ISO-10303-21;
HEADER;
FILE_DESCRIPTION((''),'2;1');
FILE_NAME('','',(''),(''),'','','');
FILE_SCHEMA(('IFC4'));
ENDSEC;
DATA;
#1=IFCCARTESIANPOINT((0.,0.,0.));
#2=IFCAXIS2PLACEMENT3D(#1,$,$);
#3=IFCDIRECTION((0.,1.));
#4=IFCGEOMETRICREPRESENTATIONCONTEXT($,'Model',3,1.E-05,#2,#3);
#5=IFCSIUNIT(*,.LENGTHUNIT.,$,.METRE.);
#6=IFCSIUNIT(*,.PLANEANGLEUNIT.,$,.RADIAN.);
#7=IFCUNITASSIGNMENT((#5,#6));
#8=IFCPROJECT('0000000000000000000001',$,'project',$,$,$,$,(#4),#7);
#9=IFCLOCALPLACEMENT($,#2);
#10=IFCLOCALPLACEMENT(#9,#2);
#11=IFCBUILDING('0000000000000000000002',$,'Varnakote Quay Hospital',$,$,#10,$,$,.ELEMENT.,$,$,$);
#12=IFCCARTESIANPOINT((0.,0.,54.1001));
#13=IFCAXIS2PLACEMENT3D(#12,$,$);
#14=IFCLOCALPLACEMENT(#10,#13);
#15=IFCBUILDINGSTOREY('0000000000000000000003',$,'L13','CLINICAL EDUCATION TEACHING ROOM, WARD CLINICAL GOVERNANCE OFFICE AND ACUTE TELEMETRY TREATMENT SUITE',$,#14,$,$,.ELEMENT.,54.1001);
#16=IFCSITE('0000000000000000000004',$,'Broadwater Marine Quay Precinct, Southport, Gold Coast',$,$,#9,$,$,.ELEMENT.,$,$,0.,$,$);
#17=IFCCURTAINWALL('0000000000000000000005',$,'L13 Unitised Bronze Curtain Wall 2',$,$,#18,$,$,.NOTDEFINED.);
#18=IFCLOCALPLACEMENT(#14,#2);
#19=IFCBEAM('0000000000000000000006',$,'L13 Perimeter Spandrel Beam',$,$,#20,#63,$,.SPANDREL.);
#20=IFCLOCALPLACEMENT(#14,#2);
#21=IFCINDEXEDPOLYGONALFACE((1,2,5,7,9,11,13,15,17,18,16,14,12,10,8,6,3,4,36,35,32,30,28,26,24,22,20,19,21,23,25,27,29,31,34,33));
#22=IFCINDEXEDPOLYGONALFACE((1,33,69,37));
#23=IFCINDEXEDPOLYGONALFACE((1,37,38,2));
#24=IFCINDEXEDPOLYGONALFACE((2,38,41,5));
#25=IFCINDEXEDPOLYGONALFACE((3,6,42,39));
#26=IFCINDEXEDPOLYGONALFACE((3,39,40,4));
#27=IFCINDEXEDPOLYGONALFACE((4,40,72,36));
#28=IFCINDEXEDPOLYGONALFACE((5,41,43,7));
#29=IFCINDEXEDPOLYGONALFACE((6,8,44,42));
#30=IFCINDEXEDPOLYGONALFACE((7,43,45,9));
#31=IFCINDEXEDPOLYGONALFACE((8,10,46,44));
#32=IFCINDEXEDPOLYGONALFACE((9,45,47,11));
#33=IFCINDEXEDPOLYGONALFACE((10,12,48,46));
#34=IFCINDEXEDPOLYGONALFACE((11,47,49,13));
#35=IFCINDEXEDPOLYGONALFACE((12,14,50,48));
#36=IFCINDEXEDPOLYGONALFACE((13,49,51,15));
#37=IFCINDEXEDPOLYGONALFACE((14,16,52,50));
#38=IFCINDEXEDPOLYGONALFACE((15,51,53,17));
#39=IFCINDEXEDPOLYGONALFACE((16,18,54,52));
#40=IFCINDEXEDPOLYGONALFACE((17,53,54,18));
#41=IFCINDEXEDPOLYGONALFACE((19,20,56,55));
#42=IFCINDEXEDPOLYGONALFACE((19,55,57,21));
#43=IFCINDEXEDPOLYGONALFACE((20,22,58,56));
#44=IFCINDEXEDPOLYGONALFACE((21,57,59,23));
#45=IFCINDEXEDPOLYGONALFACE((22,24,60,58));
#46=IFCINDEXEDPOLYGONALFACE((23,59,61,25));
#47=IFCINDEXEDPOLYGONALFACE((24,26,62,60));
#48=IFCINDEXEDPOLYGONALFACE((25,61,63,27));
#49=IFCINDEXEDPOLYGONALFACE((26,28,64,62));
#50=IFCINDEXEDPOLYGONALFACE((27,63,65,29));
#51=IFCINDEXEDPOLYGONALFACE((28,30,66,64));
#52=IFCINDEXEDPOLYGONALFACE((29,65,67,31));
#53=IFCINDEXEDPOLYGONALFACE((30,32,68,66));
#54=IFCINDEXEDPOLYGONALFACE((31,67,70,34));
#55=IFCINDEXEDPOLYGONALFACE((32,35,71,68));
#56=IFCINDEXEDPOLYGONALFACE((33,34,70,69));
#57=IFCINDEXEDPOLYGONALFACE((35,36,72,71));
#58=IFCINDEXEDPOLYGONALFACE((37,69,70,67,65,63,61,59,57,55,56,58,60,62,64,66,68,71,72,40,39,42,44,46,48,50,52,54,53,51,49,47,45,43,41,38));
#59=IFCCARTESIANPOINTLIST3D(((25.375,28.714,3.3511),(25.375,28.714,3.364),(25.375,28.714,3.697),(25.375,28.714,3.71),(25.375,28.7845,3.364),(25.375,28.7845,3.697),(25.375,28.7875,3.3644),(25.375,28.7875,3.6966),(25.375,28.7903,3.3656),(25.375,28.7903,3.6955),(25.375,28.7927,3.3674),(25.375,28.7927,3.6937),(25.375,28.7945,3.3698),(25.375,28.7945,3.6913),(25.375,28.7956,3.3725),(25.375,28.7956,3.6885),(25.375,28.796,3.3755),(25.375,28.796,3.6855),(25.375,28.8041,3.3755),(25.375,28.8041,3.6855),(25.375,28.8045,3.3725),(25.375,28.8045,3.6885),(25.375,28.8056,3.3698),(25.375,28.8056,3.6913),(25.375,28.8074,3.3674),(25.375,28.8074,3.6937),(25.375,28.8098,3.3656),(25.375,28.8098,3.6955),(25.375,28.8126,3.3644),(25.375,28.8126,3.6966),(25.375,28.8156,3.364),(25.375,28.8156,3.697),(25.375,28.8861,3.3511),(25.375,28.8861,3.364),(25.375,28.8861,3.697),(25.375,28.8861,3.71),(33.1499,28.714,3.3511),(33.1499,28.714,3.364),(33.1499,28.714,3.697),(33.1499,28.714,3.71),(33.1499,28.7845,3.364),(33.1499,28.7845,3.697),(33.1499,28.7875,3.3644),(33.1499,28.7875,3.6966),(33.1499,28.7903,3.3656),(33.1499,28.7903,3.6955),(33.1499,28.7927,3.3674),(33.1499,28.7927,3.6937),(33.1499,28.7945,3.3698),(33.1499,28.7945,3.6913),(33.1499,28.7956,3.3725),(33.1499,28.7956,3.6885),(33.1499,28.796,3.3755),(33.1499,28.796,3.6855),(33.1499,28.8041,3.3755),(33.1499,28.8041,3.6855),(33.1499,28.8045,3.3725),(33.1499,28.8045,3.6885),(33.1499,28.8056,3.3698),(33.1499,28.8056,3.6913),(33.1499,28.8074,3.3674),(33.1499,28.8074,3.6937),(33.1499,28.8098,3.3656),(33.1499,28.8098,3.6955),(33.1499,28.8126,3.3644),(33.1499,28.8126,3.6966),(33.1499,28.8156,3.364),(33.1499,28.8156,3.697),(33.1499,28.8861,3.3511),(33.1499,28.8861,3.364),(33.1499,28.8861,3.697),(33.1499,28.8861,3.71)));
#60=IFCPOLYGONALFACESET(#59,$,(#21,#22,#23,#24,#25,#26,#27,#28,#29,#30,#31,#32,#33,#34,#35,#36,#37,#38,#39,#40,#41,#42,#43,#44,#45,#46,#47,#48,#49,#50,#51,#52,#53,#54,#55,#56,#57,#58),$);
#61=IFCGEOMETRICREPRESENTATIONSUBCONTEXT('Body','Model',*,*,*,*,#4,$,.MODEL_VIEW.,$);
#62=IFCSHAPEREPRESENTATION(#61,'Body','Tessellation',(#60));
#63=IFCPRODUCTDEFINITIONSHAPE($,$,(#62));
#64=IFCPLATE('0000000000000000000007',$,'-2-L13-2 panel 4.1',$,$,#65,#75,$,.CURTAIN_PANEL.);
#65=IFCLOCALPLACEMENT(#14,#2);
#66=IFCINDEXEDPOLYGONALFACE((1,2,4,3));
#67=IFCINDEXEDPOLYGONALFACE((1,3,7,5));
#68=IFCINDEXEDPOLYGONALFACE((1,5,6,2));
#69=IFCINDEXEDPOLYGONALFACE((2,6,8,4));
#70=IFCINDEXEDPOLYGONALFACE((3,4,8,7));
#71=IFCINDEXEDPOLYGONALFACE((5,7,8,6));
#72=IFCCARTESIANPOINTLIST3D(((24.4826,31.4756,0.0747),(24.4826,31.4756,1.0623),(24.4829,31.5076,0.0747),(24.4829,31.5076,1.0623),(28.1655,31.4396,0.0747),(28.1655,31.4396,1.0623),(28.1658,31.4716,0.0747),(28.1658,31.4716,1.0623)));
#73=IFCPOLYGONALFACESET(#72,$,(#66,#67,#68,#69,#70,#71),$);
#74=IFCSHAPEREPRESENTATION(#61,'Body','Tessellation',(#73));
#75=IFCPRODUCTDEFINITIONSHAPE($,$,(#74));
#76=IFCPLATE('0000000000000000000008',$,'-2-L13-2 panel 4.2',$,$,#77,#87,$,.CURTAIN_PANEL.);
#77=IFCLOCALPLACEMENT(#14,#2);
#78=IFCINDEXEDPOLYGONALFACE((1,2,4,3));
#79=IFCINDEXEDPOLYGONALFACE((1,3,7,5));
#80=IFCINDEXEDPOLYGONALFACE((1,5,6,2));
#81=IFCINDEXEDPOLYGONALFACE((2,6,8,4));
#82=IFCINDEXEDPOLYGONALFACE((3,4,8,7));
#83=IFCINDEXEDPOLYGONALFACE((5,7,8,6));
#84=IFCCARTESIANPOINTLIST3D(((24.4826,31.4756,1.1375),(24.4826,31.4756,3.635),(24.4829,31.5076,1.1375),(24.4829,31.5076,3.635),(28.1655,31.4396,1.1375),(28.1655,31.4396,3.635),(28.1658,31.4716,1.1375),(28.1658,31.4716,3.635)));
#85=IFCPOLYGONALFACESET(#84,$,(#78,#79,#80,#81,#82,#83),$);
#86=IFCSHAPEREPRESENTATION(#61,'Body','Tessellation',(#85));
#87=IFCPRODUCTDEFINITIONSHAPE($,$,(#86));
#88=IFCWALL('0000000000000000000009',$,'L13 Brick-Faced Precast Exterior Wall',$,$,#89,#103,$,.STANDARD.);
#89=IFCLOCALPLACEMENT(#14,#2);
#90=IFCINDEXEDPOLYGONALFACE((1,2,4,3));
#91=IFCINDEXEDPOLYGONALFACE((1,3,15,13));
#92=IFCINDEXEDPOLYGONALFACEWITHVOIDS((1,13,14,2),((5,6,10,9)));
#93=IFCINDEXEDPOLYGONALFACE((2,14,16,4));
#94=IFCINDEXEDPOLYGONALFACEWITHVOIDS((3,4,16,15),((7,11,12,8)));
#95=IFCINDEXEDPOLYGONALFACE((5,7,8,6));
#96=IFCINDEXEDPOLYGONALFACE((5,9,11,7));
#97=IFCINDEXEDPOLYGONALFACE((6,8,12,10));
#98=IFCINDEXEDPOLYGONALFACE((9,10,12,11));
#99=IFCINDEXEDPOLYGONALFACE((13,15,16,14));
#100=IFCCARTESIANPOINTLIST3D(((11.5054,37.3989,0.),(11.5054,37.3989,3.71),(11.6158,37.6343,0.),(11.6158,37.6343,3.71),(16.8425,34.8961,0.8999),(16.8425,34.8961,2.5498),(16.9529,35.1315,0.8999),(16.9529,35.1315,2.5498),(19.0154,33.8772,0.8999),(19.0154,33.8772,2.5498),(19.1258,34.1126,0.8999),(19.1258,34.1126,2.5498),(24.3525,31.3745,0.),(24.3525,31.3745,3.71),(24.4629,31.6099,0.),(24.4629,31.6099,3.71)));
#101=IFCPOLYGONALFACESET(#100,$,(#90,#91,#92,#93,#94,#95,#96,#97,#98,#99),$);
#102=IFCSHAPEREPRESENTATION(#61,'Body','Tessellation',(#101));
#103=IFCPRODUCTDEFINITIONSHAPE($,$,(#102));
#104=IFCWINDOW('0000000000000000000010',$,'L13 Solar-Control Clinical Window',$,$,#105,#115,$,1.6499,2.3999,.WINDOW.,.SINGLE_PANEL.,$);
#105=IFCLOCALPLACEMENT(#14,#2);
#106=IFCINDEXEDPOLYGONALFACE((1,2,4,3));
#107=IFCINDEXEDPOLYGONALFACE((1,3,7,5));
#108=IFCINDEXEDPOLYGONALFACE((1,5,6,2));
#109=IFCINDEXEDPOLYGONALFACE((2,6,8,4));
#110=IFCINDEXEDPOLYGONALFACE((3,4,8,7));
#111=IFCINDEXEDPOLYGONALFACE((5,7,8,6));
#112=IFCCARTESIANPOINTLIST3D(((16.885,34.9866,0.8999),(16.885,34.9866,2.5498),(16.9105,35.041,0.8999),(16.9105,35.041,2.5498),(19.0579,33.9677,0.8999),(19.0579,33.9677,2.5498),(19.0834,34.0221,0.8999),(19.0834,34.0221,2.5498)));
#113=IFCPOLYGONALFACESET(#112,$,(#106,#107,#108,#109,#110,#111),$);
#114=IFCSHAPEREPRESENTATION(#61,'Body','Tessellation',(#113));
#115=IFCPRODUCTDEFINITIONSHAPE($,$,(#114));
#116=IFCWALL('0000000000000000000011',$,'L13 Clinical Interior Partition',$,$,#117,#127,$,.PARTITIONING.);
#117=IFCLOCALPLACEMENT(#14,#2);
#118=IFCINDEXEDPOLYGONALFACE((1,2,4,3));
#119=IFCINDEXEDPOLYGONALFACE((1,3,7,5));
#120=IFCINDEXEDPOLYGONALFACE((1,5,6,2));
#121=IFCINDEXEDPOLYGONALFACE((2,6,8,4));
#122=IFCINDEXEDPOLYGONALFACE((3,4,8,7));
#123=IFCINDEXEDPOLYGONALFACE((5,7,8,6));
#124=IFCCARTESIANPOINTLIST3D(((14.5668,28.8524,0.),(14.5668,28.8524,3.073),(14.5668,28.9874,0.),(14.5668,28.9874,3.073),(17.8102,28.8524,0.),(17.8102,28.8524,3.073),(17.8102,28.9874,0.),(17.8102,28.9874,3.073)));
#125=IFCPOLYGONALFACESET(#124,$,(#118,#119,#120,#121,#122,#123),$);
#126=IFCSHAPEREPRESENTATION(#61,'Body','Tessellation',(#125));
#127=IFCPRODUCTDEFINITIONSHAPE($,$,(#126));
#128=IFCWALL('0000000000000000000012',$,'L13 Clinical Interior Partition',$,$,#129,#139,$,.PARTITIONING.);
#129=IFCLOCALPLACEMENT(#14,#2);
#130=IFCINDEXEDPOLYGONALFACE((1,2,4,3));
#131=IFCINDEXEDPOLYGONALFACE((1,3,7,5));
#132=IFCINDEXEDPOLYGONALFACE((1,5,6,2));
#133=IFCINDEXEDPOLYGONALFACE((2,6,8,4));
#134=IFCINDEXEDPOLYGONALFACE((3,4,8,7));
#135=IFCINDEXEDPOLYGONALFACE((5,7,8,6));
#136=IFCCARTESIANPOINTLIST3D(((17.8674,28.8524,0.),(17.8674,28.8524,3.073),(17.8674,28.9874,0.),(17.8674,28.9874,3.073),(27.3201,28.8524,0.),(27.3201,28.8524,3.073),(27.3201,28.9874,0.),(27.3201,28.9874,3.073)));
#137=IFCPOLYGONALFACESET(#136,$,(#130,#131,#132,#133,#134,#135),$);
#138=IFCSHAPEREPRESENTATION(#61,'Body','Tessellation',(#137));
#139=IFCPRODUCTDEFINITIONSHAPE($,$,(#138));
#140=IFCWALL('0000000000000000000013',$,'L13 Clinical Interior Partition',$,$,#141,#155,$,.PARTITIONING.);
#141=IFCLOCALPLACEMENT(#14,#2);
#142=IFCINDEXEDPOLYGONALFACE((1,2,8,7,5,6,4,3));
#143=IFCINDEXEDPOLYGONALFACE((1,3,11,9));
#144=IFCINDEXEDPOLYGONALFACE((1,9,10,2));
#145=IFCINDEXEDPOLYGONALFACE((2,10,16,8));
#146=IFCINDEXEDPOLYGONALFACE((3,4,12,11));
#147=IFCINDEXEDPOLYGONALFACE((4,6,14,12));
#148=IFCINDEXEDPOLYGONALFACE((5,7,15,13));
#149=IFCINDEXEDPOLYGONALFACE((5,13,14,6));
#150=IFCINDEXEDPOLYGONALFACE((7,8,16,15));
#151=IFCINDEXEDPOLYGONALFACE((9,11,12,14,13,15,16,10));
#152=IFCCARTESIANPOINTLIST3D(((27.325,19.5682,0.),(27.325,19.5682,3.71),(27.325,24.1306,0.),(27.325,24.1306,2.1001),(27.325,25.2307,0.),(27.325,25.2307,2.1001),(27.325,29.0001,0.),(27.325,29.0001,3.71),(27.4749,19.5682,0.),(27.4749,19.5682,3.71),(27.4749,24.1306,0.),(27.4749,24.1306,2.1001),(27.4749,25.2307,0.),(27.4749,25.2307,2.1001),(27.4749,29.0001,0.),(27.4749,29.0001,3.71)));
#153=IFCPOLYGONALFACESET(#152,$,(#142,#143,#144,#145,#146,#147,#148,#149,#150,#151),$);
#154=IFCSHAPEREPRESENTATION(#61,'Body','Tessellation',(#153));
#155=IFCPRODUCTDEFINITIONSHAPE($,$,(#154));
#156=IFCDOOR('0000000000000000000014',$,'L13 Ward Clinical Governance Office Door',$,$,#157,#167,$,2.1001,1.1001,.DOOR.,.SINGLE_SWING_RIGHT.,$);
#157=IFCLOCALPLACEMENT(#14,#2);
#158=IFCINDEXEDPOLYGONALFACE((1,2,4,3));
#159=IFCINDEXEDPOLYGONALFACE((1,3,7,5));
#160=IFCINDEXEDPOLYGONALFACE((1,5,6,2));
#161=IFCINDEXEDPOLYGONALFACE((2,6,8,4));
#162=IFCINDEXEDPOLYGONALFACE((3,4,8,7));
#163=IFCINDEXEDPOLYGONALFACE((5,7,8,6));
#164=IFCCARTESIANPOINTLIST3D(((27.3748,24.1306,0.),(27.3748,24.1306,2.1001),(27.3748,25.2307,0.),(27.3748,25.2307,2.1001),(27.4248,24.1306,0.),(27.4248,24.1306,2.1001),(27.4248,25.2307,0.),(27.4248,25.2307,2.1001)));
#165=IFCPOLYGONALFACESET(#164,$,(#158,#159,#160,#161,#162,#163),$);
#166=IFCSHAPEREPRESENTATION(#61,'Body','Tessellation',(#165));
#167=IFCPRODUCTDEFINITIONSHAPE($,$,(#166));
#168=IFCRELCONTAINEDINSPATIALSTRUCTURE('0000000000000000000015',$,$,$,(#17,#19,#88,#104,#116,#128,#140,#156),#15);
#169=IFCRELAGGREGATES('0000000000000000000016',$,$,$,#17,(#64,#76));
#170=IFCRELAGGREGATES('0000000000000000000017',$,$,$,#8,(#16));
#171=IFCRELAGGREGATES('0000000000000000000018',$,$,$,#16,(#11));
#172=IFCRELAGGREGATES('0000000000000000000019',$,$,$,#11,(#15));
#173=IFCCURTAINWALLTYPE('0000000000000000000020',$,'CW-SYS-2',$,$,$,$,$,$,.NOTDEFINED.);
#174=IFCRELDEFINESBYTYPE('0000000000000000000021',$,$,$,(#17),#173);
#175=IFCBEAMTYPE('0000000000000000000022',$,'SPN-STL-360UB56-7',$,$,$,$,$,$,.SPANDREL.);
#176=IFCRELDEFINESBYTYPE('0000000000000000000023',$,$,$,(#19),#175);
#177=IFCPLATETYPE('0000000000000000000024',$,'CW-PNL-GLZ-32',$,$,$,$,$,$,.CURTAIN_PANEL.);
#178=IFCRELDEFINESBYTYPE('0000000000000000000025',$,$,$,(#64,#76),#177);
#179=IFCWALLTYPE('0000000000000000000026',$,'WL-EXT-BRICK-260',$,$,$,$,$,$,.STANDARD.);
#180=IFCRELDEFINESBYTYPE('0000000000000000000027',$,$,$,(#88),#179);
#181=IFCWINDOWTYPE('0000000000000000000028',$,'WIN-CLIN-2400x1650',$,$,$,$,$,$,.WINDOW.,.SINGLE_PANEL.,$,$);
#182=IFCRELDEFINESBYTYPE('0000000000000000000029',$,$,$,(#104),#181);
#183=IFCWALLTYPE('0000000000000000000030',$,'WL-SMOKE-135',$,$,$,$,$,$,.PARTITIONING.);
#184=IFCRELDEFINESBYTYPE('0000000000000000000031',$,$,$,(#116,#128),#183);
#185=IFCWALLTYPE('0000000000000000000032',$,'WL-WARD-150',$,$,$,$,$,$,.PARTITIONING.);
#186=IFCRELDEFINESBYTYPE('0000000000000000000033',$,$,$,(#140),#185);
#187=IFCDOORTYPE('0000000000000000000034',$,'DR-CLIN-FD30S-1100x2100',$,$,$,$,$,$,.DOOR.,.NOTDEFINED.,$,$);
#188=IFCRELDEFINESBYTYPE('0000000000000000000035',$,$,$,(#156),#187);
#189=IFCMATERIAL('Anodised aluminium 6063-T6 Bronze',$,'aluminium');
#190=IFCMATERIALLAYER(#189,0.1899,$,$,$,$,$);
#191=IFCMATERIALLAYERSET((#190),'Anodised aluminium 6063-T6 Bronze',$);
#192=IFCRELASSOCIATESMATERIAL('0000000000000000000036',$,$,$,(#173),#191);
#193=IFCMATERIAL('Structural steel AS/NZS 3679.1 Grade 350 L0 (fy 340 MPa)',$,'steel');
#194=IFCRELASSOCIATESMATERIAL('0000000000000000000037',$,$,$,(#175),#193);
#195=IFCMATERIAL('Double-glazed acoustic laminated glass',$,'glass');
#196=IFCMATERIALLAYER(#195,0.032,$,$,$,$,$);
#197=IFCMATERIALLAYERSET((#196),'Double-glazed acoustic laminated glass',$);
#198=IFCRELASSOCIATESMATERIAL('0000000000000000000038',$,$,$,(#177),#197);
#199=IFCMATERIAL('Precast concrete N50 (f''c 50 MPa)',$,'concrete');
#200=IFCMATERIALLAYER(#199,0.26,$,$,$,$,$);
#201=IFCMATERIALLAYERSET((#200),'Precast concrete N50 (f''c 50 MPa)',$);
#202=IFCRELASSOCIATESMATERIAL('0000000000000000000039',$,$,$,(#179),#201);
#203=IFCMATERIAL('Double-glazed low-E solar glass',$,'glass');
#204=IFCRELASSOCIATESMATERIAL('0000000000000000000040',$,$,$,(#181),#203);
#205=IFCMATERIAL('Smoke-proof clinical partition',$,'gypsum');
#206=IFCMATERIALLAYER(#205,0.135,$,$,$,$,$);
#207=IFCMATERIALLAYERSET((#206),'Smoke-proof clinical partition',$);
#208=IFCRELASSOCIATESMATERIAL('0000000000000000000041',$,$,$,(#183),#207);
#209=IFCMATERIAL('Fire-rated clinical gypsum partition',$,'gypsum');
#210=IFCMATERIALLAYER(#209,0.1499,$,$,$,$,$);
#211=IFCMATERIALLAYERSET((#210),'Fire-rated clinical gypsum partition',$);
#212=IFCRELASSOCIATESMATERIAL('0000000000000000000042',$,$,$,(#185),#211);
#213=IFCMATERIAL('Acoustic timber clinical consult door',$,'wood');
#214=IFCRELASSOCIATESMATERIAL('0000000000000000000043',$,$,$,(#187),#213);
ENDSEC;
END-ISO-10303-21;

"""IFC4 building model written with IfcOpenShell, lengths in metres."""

from ifc_helpers import new_model, si_unit, direction, frame, frame_2d, origin, origin_2d, place, context, subcontext, project, spatial, rectangle, i_section, extrude, material, layer, layer_set, material_profile, profile_set, type_object, element, fill, aggregate, save


model = new_model("IFC4")

# Units and contexts
model_context = context("Model", 3, precision=1e-05, world=origin(), true_north=direction((0.0, 1.0)))
body_context = subcontext(model_context, "Body", "Model", "MODEL_VIEW")
ifc_project = project(units=[si_unit("LENGTHUNIT", "METRE"), si_unit("PLANEANGLEUNIT", "RADIAN")], contexts=[model_context])

# Site, building, storey
site_placement = place(None, origin())
site = spatial("IfcSite", under=ifc_project, at=site_placement, Name="Broadwater Marine Quay Precinct, Southport, Gold Coast", CompositionType="ELEMENT", RefElevation=0.0)
building_placement = place(site_placement, origin())
building = spatial("IfcBuilding", under=site, at=building_placement, Name="Varnakote Quay Hospital", CompositionType="ELEMENT")
storey_placement = place(building_placement, frame((0.0, 0.0, 54.1001)))
storey = spatial("IfcBuildingStorey", under=building, at=storey_placement, Name="L13", Description="CLINICAL EDUCATION TEACHING ROOM, WARD CLINICAL GOVERNANCE OFFICE AND ACUTE TELEMETRY TREATMENT SUITE", CompositionType="ELEMENT", Elevation=54.1001)

# Curtain wall
ifc_material_1 = material(Name="Anodised aluminium 6063-T6 Bronze", Category="aluminium")
ifc_layer_1 = layer(ifc_material_1, 0.1899)
ifc_layer_set_1 = layer_set([ifc_layer_1], Name="Anodised aluminium 6063-T6 Bronze")
curtain_wall_type = type_object("IfcCurtainWallType", Name="CW-SYS-2", PredefinedType="NOTDEFINED", material=ifc_layer_set_1)
curtain_wall_placement = place(storey_placement, origin())
curtain_wall = element("IfcCurtainWall", 1, at=curtain_wall_placement, inside=storey, type_object=curtain_wall_type, Name="L13 Unitised Bronze Curtain Wall 2", PredefinedType="NOTDEFINED")

# Beam
ifc_material_2 = material(Name="Structural steel AS/NZS 3679.1 Grade 350 L0 (fy 340 MPa)", Category="steel")
ifc_material_profile_1 = material_profile(ifc_material_2, i_section(OverallWidth=0.1721, OverallDepth=0.3589, WebThickness=0.0081, FlangeThickness=0.0129, FilletRadius=0.0115, at=origin_2d()), Name="360UB56.7")
ifc_profile_set_1 = profile_set([ifc_material_profile_1], Name="Structural steel AS/NZS 3679.1 Grade 350 L0 (fy 340 MPa)")
beam_type_1 = type_object("IfcBeamType", Name="SPN-STL-360UB56-7", PredefinedType="SPANDREL", material=ifc_profile_set_1)
beam_1_placement = place(storey_placement, frame((25.375, 28.8, 3.5305), z_axis=(1.0, 0.0, 0.0), x_axis=(0.0, 1.0, 0.0)))
element("IfcBeam", 2, at=beam_1_placement, inside=storey, type_object=beam_type_1, Name="L13 Perimeter Spandrel Beam", PredefinedType="SPANDREL", context=body_context, shape_type="SweptSolid", body=[
    extrude(i_section(OverallWidth=0.1721, OverallDepth=0.3589, WebThickness=0.0081, FlangeThickness=0.0129, FilletRadius=0.0115, at=origin_2d()), origin(), (0.0, 0.0, 1.0), 7.7749),
])

# Plates
ifc_material_3 = material(Name="Double-glazed acoustic laminated glass", Category="glass")
ifc_layer_2 = layer(ifc_material_3, 0.032)
ifc_layer_set_2 = layer_set([ifc_layer_2], Name="Double-glazed acoustic laminated glass")
plate_type = type_object("IfcPlateType", Name="CW-PNL-GLZ-32", PredefinedType="CURTAIN_PANEL", material=ifc_layer_set_2)
plate_1_placement = place(storey_placement, frame((26.3242, 31.4736, 0.0747), z_axis=(0.0, 0.0, 1.0), x_axis=(-0.999952, 0.009774, 0.0)))
plate_1 = element("IfcPlate", 3, at=plate_1_placement, type_object=plate_type, Name="-2-L13-2 panel 4.1", PredefinedType="CURTAIN_PANEL", context=body_context, shape_type="SweptSolid", body=[
    extrude(rectangle(XDim=3.6831, YDim=0.032, at=origin_2d()), origin(), (0.0, 0.0, 1.0), 0.9875),
])
plate_2_placement = place(storey_placement, frame((26.3242, 31.4736, 1.1375), z_axis=(0.0, 0.0, 1.0), x_axis=(-0.999952, 0.009774, 0.0)))
plate_2 = element("IfcPlate", 4, at=plate_2_placement, type_object=plate_type, Name="-2-L13-2 panel 4.2", PredefinedType="CURTAIN_PANEL", context=body_context, shape_type="SweptSolid", body=[
    extrude(rectangle(XDim=3.6831, YDim=0.032, at=origin_2d()), origin(), (0.0, 0.0, 1.0), 2.4976),
])
aggregate(curtain_wall, [plate_1, plate_2])

# Wall, opening, window
ifc_material_4 = material(Name="Precast concrete N50 (f'c 50 MPa)", Category="concrete")
ifc_layer_3 = layer(ifc_material_4, 0.26)
ifc_layer_set_3 = layer_set([ifc_layer_3], Name="Precast concrete N50 (f'c 50 MPa)")
wall_type_1 = type_object("IfcWallType", Name="WL-EXT-BRICK-260", PredefinedType="STANDARD", material=ifc_layer_set_3)
wall_1_placement = place(storey_placement, frame((24.4077, 31.4922, 0.0), z_axis=(0.0, 0.0, 1.0), x_axis=(-0.905397, 0.424567, 0.0)))
wall_1 = element("IfcWall", 5, at=wall_1_placement, inside=storey, type_object=wall_type_1, Name="L13 Brick-Faced Precast Exterior Wall", PredefinedType="STANDARD", context=body_context, shape_type="SweptSolid", body=[
    extrude(rectangle(XDim=14.1895, YDim=0.26, at=frame_2d((7.0947, 0.0))), origin(), (0.0, 0.0, 1.0), 3.71),
])
opening_1_placement = place(wall_1_placement, frame((5.8948, 0.0, 0.8999)))
opening_1 = element("IfcOpeningElement", 6, at=opening_1_placement, cuts=wall_1, PredefinedType="OPENING", context=body_context, shape_type="SweptSolid", body=[
    extrude(rectangle(XDim=2.3999, YDim=1.6499, at=frame_2d((1.2, 0.825))), frame((0.0, 0.1399, 0.0), z_axis=(0.0, -1.0, 0.0), x_axis=(1.0, 0.0, 0.0)), (0.0, 0.0, 1.0), 0.28),
])
ifc_material_5 = material(Name="Double-glazed low-E solar glass", Category="glass")
window_type = type_object("IfcWindowType", Name="WIN-CLIN-2400x1650", PartitioningType="SINGLE_PANEL", PredefinedType="WINDOW", material=ifc_material_5)
window_placement = place(opening_1_placement, origin())
window = element("IfcWindow", 7, at=window_placement, inside=storey, type_object=window_type, Name="L13 Solar-Control Clinical Window", OverallHeight=1.6499, OverallWidth=2.3999, PartitioningType="SINGLE_PANEL", PredefinedType="WINDOW", context=body_context, shape_type="SweptSolid", body=[
    extrude(rectangle(XDim=2.3999, YDim=1.6499, at=frame_2d((1.2, 0.825))), frame((0.0, 0.03, 0.0), z_axis=(0.0, -1.0, 0.0), x_axis=(1.0, 0.0, 0.0)), (0.0, 0.0, 1.0), 0.0601),
])
fill(opening_1, window)

# Walls
ifc_material_6 = material(Name="Smoke-proof clinical partition", Category="gypsum")
ifc_layer_4 = layer(ifc_material_6, 0.135)
ifc_layer_set_4 = layer_set([ifc_layer_4], Name="Smoke-proof clinical partition")
wall_type_2 = type_object("IfcWallType", Name="WL-SMOKE-135", PredefinedType="PARTITIONING", material=ifc_layer_set_4)
wall_2_placement = place(storey_placement, frame((17.8101, 28.9199, 0.0), z_axis=(0.0, 0.0, 1.0), x_axis=(-1.0, 0.0, 0.0)))
element("IfcWall", 8, at=wall_2_placement, inside=storey, type_object=wall_type_2, Name="L13 Clinical Interior Partition", PredefinedType="PARTITIONING", context=body_context, shape_type="SweptSolid", body=[
    extrude(rectangle(XDim=3.2434, YDim=0.135, at=frame_2d((1.6216, 0.0))), origin(), (0.0, 0.0, 1.0), 3.073),
])
wall_3_placement = place(storey_placement, frame((27.3201, 28.9199, 0.0), z_axis=(0.0, 0.0, 1.0), x_axis=(-1.0, 0.0, 0.0)))
element("IfcWall", 9, at=wall_3_placement, inside=storey, type_object=wall_type_2, Name="L13 Clinical Interior Partition", PredefinedType="PARTITIONING", context=body_context, shape_type="SweptSolid", body=[
    extrude(rectangle(XDim=9.4526, YDim=0.135, at=frame_2d((4.7263, 0.0))), origin(), (0.0, 0.0, 1.0), 3.073),
])

# Wall, opening, door
ifc_material_7 = material(Name="Fire-rated clinical gypsum partition", Category="gypsum")
ifc_layer_5 = layer(ifc_material_7, 0.1499)
ifc_layer_set_5 = layer_set([ifc_layer_5], Name="Fire-rated clinical gypsum partition")
wall_type_3 = type_object("IfcWallType", Name="WL-WARD-150", PredefinedType="PARTITIONING", material=ifc_layer_set_5)
wall_4_placement = place(storey_placement, frame((27.3999, 29.0, 0.0), z_axis=(0.0, 0.0, 1.0), x_axis=(0.0, -1.0, 0.0)))
wall_4 = element("IfcWall", 10, at=wall_4_placement, inside=storey, type_object=wall_type_3, Name="L13 Clinical Interior Partition", PredefinedType="PARTITIONING", context=body_context, shape_type="SweptSolid", body=[
    extrude(rectangle(XDim=9.4319, YDim=0.1499, at=frame_2d((4.7158, 0.0))), origin(), (0.0, 0.0, 1.0), 3.71),
])
opening_2_placement = place(wall_4_placement, frame((3.7693, 0.0, 0.0)))
opening_2 = element("IfcOpeningElement", 11, at=opening_2_placement, cuts=wall_4, PredefinedType="OPENING", context=body_context, shape_type="SweptSolid", body=[
    extrude(rectangle(XDim=1.1001, YDim=2.1001, at=frame_2d((0.55, 1.05))), frame((0.0, 0.085, 0.0), z_axis=(0.0, -1.0, 0.0), x_axis=(1.0, 0.0, 0.0)), (0.0, 0.0, 1.0), 0.1699),
])
ifc_material_8 = material(Name="Acoustic timber clinical consult door", Category="wood")
door_type = type_object("IfcDoorType", Name="DR-CLIN-FD30S-1100x2100", OperationType="NOTDEFINED", PredefinedType="DOOR", material=ifc_material_8)
door_placement = place(opening_2_placement, origin())
door = element("IfcDoor", 12, at=door_placement, inside=storey, type_object=door_type, Name="L13 Ward Clinical Governance Office Door", OperationType="SINGLE_SWING_RIGHT", OverallHeight=2.1001, OverallWidth=1.1001, PredefinedType="DOOR", context=body_context, shape_type="SweptSolid", body=[
    extrude(rectangle(XDim=1.1001, YDim=2.1001, at=frame_2d((0.55, 1.05))), frame((0.0, 0.0249, 0.0), z_axis=(0.0, -1.0, 0.0), x_axis=(1.0, 0.0, 0.0)), (0.0, 0.0, 1.0), 0.05),
])
fill(opening_2, door)

save(model, "model.ifc")
